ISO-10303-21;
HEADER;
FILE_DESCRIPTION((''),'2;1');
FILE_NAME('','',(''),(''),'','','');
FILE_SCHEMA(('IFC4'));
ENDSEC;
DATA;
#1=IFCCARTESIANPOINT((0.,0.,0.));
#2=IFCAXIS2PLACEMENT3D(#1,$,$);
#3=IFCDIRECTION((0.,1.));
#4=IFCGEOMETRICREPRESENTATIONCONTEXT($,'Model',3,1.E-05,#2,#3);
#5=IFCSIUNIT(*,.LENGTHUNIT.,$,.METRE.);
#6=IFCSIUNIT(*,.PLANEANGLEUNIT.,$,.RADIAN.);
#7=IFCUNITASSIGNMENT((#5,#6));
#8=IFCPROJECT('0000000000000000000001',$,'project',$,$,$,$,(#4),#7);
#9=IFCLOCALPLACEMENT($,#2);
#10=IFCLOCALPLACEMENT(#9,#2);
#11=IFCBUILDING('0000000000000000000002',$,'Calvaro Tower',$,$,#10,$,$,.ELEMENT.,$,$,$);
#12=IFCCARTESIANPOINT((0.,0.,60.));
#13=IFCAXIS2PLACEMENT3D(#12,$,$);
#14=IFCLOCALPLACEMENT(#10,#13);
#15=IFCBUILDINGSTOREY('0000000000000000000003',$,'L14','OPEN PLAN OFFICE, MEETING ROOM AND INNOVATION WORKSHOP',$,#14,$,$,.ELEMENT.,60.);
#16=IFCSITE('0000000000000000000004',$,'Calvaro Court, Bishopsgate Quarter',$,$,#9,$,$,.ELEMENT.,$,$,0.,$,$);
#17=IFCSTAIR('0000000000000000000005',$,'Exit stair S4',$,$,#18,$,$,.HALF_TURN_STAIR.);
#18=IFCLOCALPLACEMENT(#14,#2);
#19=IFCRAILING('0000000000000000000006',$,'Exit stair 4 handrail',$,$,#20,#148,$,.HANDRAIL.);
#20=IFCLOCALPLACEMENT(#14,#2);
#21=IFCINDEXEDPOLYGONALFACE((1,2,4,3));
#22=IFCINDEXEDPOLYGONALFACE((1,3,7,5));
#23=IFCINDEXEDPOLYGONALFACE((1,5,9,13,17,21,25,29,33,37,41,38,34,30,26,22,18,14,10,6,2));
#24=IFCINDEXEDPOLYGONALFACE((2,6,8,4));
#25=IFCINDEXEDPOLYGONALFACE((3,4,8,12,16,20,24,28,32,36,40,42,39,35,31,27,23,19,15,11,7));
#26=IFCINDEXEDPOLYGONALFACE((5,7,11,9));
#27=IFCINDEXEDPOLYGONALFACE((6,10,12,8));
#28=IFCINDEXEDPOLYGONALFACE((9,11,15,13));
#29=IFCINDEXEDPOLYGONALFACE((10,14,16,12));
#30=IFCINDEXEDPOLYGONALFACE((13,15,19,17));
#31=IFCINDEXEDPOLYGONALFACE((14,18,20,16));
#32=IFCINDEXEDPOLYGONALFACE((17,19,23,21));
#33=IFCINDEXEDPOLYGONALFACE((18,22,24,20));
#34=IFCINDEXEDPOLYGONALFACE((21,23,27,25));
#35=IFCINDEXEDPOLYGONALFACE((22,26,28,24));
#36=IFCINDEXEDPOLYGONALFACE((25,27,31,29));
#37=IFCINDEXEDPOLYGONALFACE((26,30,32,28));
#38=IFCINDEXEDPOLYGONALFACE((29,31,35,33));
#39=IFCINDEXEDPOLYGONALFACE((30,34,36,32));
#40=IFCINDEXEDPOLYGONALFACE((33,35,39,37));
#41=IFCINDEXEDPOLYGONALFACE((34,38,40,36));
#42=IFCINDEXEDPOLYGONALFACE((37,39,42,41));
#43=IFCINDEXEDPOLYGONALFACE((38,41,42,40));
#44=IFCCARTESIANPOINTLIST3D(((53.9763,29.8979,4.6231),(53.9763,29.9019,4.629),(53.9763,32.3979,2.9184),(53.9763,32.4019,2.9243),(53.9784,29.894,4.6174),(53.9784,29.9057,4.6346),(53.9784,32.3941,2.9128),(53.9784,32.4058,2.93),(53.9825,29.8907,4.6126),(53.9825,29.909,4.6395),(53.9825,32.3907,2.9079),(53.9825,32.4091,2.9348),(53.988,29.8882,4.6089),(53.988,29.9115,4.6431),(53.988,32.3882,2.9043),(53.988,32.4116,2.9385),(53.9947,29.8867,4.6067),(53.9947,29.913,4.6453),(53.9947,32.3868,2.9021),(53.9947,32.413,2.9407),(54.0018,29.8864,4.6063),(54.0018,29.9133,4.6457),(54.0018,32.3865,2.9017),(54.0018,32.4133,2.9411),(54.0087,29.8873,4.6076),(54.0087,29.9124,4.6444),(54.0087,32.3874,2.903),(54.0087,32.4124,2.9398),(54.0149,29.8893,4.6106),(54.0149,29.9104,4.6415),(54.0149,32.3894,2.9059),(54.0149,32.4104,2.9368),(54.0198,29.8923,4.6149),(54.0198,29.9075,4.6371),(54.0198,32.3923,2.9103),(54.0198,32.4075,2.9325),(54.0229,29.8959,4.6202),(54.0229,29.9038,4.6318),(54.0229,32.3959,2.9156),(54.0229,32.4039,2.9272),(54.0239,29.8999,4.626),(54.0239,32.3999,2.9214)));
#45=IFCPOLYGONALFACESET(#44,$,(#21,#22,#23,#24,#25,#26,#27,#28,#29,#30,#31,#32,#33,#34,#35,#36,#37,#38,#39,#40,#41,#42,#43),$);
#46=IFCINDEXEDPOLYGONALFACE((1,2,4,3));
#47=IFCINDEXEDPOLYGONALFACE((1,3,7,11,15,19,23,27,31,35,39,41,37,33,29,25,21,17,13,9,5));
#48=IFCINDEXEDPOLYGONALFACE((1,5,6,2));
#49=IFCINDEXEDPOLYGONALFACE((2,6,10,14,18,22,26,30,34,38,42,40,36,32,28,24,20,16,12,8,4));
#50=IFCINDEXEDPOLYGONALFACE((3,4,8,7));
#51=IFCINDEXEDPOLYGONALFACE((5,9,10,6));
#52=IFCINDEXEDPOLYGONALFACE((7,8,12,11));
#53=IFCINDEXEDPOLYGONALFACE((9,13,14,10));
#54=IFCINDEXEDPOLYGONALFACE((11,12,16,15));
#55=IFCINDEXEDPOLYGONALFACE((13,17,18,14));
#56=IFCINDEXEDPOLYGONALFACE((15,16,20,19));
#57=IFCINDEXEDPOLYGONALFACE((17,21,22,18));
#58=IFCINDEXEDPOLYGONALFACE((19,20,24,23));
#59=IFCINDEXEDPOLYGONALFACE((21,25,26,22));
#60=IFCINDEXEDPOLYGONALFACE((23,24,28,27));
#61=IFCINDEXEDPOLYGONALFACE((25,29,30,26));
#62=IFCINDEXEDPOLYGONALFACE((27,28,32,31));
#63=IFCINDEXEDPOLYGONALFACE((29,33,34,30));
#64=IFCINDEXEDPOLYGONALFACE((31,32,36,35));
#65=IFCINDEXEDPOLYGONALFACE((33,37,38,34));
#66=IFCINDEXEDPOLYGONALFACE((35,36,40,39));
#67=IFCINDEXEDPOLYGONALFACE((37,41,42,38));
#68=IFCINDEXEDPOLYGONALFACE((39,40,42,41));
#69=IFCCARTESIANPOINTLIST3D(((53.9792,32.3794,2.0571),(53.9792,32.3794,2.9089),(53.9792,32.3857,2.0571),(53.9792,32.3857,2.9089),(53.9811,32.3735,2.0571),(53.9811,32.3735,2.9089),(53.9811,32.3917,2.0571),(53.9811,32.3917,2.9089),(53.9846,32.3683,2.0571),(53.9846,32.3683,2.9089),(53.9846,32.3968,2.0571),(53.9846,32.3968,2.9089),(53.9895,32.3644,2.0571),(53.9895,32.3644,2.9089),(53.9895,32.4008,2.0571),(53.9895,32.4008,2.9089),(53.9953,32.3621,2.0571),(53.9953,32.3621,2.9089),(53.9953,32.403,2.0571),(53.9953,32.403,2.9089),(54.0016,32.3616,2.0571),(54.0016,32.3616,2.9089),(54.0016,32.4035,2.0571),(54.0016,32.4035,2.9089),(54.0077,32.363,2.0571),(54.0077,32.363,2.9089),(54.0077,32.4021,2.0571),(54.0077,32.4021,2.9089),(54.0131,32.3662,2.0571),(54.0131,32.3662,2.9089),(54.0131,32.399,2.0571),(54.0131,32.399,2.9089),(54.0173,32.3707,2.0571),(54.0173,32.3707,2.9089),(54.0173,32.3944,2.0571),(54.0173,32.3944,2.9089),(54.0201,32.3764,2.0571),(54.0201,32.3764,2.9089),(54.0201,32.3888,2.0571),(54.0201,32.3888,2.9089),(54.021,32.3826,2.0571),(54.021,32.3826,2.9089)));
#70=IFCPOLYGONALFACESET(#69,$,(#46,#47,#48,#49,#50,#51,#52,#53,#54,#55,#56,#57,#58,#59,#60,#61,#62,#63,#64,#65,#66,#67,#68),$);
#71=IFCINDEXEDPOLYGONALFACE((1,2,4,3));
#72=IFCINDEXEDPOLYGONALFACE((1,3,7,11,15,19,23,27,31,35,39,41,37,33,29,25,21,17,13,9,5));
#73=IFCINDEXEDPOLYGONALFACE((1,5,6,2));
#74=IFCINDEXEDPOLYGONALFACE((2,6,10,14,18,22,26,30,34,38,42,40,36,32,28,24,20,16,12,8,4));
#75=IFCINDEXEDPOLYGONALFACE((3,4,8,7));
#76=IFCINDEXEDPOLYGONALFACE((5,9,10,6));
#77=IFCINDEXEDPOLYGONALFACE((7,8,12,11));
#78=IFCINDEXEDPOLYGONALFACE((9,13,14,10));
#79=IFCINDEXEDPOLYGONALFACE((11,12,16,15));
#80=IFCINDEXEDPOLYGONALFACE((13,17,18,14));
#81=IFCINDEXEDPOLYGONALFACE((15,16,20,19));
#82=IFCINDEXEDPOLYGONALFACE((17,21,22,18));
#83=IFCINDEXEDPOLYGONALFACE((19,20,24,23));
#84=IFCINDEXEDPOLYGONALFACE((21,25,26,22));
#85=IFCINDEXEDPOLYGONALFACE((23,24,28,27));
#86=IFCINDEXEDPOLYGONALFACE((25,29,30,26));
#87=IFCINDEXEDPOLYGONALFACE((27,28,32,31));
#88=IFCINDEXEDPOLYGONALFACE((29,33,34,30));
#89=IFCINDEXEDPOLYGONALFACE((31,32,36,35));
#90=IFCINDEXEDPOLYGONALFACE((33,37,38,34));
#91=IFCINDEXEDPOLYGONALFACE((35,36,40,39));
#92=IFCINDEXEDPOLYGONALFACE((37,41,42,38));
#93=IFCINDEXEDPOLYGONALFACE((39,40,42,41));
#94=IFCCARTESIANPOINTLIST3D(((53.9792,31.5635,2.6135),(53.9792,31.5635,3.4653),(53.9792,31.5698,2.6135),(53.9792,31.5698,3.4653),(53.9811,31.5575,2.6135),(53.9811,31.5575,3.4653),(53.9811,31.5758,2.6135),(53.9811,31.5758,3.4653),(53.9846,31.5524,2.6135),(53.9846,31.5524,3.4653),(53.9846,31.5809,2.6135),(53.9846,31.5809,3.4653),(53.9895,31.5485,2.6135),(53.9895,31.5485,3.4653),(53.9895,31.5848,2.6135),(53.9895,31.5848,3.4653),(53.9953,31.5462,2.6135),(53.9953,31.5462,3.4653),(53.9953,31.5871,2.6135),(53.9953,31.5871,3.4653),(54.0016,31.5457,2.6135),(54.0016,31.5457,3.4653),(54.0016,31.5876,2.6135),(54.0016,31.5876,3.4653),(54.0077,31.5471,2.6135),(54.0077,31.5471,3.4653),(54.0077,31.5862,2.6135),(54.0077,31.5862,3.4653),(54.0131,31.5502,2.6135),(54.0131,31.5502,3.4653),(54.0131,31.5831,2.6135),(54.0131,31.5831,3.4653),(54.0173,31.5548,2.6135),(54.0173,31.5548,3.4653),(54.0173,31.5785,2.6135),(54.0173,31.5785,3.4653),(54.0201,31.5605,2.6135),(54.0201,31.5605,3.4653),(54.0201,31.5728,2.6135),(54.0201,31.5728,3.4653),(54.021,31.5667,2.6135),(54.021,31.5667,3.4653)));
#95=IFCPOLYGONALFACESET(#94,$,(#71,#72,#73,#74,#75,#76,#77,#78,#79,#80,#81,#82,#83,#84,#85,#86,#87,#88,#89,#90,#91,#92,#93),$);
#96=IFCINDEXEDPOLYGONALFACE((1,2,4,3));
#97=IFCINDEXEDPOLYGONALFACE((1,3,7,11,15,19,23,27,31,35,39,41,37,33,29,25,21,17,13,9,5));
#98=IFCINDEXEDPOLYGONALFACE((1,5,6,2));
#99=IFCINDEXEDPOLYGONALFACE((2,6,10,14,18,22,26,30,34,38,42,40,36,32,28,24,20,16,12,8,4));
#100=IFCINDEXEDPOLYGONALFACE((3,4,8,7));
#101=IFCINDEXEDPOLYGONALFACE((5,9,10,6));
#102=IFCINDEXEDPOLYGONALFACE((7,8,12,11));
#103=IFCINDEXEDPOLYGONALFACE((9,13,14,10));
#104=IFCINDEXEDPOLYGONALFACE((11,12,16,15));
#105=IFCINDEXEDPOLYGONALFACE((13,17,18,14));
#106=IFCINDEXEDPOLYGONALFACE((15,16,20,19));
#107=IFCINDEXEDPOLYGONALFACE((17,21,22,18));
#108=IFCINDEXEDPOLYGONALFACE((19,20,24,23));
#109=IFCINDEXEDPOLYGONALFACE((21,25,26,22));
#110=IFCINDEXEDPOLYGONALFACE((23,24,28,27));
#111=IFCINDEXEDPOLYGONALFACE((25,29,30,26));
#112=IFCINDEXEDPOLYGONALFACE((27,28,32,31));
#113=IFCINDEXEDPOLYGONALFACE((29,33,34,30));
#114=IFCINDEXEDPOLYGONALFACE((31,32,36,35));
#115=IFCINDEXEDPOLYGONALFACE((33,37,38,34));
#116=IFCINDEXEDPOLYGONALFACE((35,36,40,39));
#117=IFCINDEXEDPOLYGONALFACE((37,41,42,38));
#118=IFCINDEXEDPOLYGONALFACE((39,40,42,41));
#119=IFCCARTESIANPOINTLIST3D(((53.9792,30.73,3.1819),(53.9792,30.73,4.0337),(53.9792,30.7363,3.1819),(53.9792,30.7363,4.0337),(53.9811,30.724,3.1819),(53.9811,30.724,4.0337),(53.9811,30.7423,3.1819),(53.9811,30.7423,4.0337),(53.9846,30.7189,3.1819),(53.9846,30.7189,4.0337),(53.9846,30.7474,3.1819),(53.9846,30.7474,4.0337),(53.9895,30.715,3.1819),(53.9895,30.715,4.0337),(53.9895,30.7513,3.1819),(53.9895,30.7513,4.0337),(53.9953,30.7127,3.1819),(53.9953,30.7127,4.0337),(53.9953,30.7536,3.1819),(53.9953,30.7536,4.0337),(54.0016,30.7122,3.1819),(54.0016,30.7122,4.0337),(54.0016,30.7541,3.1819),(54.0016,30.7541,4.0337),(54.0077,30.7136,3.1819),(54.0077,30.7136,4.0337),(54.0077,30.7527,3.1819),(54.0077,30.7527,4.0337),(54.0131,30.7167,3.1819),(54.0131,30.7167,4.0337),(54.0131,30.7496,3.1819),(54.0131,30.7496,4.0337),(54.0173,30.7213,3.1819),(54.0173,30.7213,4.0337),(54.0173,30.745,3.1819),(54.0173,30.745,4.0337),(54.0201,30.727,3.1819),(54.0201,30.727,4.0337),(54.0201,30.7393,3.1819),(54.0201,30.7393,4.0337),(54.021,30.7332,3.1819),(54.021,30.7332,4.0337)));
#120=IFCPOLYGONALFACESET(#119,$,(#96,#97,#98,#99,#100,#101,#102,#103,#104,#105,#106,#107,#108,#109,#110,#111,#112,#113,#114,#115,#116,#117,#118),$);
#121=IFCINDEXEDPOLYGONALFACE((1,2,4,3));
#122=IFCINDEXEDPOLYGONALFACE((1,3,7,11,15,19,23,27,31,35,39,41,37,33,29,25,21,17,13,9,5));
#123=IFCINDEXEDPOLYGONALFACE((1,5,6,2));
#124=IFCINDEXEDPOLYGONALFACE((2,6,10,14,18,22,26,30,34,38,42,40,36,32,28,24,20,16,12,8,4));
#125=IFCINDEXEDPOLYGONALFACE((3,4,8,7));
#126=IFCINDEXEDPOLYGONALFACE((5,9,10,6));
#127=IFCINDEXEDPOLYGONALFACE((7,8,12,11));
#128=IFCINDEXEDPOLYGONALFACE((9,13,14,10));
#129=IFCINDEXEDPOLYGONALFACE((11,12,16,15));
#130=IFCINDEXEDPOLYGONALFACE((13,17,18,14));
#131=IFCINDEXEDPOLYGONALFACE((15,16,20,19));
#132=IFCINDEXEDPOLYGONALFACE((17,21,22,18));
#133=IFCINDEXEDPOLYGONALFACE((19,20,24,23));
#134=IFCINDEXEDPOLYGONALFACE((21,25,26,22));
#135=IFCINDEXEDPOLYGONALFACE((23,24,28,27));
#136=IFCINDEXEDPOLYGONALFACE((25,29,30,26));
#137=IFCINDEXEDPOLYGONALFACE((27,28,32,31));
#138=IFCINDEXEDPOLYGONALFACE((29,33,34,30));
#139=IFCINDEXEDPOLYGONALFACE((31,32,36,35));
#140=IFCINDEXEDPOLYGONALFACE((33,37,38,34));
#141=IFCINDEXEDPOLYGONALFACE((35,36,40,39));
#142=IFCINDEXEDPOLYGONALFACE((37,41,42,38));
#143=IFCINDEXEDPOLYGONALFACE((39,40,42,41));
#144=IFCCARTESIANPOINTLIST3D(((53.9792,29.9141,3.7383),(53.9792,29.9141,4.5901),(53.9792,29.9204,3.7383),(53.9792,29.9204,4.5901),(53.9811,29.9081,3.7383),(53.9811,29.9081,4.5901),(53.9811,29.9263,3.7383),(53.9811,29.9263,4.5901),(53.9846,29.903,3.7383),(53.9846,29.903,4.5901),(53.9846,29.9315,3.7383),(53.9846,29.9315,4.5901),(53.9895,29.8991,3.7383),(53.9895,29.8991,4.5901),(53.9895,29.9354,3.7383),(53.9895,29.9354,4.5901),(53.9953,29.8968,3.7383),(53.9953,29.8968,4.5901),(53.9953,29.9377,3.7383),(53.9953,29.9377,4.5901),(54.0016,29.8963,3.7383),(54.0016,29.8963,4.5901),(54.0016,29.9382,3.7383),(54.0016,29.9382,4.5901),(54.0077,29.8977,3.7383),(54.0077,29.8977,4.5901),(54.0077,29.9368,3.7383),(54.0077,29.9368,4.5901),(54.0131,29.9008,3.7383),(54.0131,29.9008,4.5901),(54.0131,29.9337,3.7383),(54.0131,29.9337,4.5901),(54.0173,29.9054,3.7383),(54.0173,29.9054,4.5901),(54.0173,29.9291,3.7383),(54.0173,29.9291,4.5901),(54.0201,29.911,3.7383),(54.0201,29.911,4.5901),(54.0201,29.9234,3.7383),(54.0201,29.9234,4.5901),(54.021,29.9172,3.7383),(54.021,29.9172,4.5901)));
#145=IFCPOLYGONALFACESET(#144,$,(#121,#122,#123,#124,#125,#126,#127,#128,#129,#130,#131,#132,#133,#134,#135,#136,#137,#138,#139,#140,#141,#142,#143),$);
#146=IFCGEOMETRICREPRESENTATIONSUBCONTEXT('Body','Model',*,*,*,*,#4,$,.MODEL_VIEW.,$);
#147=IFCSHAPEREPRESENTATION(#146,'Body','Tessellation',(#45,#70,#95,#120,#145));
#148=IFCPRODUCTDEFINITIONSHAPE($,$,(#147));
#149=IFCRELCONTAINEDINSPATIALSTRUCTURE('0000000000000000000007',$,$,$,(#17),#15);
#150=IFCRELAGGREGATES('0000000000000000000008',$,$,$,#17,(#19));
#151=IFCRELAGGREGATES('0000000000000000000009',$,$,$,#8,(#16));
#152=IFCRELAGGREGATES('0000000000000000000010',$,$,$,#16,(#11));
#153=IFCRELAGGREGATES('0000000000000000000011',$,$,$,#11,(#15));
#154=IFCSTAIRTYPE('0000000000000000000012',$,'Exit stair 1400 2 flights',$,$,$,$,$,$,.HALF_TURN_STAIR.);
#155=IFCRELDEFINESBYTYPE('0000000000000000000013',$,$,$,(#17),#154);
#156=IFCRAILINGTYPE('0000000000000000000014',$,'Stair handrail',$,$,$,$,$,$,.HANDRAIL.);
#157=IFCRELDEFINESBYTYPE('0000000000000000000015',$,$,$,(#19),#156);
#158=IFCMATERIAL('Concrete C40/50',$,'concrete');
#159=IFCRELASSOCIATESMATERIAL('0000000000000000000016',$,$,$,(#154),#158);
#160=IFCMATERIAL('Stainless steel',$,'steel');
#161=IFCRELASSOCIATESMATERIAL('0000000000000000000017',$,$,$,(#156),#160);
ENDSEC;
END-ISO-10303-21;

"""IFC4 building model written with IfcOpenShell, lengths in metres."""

from ifc_helpers import new_model, si_unit, direction, frame, origin, origin_2d, place, context, subcontext, project, spatial, circle, extrude, material, type_object, element, aggregate, save


model = new_model("IFC4")

# Units and contexts
model_context = context("Model", 3, precision=1e-05, world=origin(), true_north=direction((0.0, 1.0)))
body_context = subcontext(model_context, "Body", "Model", "MODEL_VIEW")
ifc_project = project(units=[si_unit("LENGTHUNIT", "METRE"), si_unit("PLANEANGLEUNIT", "RADIAN")], contexts=[model_context])

# Site, building, storey
site_placement = place(None, origin())
site = spatial("IfcSite", under=ifc_project, at=site_placement, Name="Calvaro Court, Bishopsgate Quarter", CompositionType="ELEMENT", RefElevation=0.0)
building_placement = place(site_placement, origin())
building = spatial("IfcBuilding", under=site, at=building_placement, Name="Calvaro Tower", CompositionType="ELEMENT")
storey_placement = place(building_placement, frame((0.0, 0.0, 60.0)))
storey = spatial("IfcBuildingStorey", under=building, at=storey_placement, Name="L14", Description="OPEN PLAN OFFICE, MEETING ROOM AND INNOVATION WORKSHOP", CompositionType="ELEMENT", Elevation=60.0)

# Stair
ifc_material_1 = material(Name="Concrete C40/50", Category="concrete")
stair_type = type_object("IfcStairType", Name="Exit stair 1400 2 flights", PredefinedType="HALF_TURN_STAIR", material=ifc_material_1)
stair_1_placement = place(storey_placement, origin())
stair_1 = element("IfcStair", 1, at=stair_1_placement, inside=storey, type_object=stair_type, Name="Exit stair S4", PredefinedType="HALF_TURN_STAIR")

# Railing
ifc_material_2 = material(Name="Stainless steel", Category="steel")
railing_type = type_object("IfcRailingType", Name="Stair handrail", PredefinedType="HANDRAIL", material=ifc_material_2)
railing_1_placement = place(storey_placement, frame((54.0, 32.3999, 2.0454)))
railing_1 = element("IfcRailing", 2, at=railing_1_placement, type_object=railing_type, Name="Exit stair 4 handrail", PredefinedType="HANDRAIL", context=body_context, shape_type="SweptSolid", body=[
    extrude(circle(Radius=0.0239, at=origin_2d()), frame((0.0, 0.0, 0.876), z_axis=(0.0, -0.826221, 0.563347), x_axis=(1.0, 0.0, 0.0)), (0.0, 0.0, 1.0), 3.0259),
    extrude(circle(Radius=0.021, at=origin_2d()), frame((0.0, -0.0173, 0.0117)), (0.0, 0.0, 1.0), 0.8518),
    extrude(circle(Radius=0.021, at=origin_2d()), frame((0.0, -0.8333, 0.5681)), (0.0, 0.0, 1.0), 0.8518),
    extrude(circle(Radius=0.021, at=origin_2d()), frame((0.0, -1.6667, 1.1365)), (0.0, 0.0, 1.0), 0.8518),
    extrude(circle(Radius=0.021, at=origin_2d()), frame((0.0, -2.4827, 1.6929)), (0.0, 0.0, 1.0), 0.8518),
])
aggregate(stair_1, [railing_1])

save(model, "model.ifc")
